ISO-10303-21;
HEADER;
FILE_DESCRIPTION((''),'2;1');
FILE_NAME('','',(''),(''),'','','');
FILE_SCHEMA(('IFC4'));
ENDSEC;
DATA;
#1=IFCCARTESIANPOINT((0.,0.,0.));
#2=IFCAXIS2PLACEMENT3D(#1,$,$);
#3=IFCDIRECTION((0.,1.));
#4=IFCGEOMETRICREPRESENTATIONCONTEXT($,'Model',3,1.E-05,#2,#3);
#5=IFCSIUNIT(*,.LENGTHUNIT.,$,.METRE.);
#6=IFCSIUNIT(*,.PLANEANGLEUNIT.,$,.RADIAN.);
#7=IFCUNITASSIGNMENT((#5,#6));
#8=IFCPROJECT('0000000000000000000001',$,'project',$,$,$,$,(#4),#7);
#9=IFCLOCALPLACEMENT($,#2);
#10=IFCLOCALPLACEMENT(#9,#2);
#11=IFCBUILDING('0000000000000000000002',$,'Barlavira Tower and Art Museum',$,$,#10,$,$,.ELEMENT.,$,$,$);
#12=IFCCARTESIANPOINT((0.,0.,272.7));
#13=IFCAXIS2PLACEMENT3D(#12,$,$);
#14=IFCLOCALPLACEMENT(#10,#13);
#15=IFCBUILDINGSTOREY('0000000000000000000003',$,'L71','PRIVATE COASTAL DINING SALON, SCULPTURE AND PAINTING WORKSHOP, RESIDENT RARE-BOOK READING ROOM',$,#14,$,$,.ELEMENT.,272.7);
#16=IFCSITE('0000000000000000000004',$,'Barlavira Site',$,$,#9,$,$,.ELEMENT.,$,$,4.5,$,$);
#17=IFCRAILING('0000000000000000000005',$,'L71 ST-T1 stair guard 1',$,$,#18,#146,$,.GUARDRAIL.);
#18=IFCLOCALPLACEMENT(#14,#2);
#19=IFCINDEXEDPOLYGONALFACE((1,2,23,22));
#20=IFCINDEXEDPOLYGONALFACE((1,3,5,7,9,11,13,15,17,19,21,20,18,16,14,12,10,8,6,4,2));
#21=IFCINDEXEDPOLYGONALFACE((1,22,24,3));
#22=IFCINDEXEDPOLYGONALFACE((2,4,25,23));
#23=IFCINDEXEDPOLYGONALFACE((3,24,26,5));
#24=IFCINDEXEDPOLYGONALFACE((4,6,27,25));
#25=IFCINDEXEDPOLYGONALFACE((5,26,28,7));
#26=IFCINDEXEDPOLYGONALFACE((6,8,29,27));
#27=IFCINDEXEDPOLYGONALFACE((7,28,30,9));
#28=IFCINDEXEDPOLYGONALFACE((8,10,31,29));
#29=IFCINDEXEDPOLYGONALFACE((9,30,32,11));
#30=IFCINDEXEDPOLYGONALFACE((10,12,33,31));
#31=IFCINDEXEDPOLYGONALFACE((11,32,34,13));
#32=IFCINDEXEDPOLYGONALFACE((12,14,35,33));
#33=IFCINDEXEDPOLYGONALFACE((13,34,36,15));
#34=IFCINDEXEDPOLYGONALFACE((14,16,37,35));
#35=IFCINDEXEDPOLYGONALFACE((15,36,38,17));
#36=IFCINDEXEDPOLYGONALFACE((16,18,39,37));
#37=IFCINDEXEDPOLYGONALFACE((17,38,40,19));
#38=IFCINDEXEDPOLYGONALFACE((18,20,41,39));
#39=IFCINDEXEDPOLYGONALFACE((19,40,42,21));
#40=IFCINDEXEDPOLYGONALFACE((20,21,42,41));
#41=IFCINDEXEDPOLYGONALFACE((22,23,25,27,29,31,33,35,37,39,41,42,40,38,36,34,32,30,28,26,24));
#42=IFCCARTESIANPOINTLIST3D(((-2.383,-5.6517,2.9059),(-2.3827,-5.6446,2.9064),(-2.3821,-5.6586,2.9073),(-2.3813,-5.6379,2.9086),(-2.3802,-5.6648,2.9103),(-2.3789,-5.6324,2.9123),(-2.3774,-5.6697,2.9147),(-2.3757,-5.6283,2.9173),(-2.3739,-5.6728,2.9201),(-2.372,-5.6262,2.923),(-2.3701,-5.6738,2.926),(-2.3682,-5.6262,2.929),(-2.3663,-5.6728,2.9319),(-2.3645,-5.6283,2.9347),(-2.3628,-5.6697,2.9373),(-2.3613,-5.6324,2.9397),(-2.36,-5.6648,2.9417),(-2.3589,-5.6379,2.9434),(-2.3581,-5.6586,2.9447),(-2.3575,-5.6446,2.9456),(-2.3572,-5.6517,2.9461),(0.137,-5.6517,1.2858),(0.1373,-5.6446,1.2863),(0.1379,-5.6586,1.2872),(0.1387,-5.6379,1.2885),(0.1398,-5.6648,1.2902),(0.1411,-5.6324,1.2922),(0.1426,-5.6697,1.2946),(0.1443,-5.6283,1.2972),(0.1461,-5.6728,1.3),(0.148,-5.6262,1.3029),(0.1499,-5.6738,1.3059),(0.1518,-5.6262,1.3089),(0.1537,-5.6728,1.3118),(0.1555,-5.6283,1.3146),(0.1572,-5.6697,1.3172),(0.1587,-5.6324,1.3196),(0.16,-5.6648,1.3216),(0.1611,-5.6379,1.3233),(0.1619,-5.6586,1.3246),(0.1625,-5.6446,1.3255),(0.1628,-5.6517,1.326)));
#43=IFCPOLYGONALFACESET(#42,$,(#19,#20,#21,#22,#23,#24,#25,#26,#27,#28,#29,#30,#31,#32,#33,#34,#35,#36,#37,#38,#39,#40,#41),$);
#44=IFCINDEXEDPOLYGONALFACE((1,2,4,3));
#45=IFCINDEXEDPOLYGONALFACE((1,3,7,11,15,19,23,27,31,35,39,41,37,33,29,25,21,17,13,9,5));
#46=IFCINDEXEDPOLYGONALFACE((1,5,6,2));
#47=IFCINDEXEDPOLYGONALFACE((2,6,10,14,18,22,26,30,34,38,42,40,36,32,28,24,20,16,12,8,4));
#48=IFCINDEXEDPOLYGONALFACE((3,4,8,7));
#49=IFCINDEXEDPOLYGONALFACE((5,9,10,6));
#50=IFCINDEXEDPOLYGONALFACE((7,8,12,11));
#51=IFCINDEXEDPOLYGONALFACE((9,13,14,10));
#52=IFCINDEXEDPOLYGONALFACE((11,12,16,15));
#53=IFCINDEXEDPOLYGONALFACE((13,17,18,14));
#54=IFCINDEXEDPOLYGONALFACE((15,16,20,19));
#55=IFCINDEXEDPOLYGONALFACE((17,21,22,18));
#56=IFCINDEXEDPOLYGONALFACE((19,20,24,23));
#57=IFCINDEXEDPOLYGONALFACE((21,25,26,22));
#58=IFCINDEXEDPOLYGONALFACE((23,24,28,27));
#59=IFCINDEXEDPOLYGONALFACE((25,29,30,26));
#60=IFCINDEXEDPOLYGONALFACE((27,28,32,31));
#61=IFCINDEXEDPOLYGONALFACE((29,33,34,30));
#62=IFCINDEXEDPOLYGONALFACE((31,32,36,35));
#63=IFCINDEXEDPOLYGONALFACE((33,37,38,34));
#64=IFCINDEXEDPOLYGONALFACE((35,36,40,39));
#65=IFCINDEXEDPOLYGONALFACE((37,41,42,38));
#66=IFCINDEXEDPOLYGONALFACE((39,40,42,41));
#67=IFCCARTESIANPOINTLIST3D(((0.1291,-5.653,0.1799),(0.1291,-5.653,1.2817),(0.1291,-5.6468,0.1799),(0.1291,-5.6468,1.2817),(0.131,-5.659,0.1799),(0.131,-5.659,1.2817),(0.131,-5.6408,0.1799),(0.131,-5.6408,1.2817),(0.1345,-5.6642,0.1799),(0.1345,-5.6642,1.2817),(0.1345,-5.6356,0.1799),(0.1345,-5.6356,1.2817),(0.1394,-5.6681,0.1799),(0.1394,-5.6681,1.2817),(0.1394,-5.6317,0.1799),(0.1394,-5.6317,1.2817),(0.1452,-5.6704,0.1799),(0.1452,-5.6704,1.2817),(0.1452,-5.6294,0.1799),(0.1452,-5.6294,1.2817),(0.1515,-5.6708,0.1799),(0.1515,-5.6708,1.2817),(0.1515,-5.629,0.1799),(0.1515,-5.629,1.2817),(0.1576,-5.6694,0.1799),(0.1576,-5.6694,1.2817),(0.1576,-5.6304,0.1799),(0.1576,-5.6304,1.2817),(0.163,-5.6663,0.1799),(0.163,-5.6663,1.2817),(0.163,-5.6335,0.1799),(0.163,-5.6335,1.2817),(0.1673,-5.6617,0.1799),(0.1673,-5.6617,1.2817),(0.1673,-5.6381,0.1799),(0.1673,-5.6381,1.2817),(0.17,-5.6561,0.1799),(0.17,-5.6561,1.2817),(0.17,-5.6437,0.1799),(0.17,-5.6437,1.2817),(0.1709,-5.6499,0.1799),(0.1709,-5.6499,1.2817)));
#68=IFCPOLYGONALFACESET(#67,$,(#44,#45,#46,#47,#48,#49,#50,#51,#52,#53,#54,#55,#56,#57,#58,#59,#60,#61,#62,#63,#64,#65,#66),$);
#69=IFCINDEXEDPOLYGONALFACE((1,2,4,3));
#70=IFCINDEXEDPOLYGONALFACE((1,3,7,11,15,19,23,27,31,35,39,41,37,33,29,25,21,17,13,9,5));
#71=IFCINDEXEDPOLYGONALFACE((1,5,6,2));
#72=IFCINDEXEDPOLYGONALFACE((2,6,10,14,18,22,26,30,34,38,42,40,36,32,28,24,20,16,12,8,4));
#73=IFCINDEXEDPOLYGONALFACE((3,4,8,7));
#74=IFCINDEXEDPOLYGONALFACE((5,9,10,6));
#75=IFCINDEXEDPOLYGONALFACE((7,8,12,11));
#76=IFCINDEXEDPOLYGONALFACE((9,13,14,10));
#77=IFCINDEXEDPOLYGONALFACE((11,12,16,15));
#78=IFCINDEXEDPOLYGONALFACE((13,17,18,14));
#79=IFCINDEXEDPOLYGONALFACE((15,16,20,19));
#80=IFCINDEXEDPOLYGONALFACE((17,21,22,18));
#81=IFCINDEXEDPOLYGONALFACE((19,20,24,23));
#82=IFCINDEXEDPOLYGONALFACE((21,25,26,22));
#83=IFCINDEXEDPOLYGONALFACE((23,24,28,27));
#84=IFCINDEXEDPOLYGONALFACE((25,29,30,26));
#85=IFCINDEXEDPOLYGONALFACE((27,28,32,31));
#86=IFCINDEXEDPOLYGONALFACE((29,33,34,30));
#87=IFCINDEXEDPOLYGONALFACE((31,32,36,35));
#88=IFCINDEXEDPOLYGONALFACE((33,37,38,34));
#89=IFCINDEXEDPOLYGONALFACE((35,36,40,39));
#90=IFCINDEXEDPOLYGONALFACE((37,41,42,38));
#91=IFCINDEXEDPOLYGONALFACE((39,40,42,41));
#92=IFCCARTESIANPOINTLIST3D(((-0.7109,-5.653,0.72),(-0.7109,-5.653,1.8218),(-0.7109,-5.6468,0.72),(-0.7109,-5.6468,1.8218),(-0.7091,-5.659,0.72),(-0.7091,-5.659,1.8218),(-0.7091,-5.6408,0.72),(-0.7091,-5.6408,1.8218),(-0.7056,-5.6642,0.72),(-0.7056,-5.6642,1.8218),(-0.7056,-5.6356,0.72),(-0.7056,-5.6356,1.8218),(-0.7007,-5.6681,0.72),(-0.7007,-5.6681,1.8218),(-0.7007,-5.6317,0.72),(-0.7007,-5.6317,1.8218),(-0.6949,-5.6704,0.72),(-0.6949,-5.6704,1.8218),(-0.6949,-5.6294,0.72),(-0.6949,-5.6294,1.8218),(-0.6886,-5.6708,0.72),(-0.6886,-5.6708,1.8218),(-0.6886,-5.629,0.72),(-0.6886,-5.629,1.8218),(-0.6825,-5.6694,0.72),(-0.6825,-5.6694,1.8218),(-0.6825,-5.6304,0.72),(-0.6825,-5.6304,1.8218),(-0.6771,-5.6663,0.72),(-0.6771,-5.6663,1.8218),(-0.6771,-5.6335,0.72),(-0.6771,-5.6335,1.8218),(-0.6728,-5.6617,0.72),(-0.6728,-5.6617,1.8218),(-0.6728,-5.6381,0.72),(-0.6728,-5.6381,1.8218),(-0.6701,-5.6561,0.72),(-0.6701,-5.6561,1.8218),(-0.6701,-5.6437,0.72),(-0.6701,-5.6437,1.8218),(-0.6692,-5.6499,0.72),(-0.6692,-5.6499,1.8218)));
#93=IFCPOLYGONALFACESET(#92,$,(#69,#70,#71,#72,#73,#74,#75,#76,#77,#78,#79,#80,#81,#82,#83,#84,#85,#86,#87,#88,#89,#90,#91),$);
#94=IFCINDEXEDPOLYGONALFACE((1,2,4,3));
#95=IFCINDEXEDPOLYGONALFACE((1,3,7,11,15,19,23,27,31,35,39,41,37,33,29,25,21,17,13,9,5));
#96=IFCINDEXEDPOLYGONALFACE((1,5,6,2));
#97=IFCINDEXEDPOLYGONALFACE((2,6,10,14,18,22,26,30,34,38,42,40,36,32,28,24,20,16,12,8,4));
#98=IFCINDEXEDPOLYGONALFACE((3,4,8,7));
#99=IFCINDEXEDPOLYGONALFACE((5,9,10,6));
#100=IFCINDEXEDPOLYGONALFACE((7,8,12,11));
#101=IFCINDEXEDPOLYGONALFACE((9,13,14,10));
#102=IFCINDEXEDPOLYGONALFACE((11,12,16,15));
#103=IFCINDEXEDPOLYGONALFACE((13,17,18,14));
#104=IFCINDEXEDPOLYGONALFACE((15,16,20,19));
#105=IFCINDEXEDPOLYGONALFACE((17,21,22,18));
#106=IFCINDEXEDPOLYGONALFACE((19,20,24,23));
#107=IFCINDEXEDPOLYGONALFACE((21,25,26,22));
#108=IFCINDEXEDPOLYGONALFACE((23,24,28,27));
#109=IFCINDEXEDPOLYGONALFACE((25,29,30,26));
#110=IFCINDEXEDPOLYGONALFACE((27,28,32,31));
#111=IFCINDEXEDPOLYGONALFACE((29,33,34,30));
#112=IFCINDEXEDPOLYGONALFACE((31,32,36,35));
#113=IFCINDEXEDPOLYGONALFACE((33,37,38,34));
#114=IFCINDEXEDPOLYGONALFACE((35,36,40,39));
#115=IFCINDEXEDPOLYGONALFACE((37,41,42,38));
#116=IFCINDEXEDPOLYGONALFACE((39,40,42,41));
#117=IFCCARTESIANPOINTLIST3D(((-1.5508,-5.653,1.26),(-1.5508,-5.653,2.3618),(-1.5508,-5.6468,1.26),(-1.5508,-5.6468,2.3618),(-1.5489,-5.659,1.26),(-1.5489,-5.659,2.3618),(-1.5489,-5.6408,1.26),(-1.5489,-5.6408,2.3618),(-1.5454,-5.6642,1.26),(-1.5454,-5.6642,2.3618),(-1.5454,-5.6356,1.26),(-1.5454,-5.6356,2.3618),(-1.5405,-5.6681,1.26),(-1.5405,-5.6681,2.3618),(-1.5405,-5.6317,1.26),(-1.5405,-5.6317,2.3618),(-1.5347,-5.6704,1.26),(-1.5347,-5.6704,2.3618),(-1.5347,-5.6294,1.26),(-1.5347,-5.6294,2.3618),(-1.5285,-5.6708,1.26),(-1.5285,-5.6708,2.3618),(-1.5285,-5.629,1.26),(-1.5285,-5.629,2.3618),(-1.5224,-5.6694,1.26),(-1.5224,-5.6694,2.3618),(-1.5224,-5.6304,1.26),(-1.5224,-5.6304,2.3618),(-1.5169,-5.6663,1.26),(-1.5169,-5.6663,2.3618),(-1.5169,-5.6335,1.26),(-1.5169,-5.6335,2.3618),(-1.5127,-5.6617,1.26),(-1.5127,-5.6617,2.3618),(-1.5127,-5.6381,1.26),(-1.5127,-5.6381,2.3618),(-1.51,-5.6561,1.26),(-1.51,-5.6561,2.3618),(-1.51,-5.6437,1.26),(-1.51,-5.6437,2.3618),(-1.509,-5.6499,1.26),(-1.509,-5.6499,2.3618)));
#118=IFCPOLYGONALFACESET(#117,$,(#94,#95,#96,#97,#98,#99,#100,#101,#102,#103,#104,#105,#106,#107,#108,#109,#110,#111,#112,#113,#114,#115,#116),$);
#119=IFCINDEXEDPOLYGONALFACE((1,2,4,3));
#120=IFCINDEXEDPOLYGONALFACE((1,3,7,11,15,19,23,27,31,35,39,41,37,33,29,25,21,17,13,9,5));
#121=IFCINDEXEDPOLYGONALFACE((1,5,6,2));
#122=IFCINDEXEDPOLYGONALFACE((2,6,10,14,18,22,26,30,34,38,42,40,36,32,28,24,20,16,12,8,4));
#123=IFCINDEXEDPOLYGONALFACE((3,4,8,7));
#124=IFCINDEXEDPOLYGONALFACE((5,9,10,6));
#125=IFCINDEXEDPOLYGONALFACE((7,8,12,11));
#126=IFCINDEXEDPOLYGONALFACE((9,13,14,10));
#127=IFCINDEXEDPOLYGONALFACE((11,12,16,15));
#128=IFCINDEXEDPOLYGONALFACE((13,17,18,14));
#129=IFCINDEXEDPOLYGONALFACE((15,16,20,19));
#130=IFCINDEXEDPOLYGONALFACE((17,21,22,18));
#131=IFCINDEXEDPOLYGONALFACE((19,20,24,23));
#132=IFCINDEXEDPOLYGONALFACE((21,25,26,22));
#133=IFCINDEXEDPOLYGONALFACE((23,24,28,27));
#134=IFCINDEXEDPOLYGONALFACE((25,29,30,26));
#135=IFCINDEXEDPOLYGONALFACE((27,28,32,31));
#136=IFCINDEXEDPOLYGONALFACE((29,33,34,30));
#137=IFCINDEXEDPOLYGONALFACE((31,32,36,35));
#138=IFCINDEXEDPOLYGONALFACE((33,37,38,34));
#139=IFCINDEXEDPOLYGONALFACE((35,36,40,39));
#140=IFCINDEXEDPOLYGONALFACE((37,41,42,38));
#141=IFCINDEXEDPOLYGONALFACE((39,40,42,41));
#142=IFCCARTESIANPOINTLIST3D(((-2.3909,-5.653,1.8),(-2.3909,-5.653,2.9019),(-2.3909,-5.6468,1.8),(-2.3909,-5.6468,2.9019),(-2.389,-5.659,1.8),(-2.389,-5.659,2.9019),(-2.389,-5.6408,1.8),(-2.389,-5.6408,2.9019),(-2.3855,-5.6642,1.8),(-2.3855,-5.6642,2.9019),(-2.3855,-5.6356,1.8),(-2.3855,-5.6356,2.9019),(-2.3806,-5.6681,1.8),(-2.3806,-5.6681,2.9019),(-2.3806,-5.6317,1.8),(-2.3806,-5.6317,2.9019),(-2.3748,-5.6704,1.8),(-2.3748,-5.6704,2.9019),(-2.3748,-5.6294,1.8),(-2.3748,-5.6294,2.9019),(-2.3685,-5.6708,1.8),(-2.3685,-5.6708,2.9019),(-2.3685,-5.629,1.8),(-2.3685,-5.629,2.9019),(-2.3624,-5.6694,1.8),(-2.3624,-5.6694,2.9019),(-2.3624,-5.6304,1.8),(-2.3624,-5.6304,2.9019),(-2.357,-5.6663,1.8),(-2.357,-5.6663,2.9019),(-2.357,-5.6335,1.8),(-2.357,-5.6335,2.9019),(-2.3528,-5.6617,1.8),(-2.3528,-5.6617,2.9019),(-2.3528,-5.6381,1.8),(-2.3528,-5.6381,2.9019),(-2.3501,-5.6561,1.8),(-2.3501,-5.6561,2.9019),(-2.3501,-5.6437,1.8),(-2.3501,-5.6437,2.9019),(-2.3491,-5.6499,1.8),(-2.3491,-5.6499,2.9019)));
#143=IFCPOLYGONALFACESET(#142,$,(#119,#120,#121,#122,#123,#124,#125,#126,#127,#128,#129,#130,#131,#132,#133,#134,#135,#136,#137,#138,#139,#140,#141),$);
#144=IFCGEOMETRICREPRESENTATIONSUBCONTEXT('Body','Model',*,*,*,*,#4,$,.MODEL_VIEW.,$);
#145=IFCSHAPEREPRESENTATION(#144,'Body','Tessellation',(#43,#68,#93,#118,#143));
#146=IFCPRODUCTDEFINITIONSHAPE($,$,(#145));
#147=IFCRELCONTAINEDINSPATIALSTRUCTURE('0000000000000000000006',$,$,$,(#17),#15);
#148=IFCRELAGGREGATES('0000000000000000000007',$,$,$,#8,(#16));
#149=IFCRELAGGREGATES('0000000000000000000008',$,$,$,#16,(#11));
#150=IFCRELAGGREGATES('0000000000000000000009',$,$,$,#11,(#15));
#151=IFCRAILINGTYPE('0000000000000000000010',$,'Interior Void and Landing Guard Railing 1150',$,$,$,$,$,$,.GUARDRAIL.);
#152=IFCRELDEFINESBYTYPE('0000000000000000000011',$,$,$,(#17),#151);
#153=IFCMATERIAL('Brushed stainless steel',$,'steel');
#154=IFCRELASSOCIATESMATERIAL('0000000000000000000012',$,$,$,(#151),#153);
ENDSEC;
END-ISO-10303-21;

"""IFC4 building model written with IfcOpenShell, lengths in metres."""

from ifc_helpers import new_model, si_unit, direction, frame, origin, origin_2d, place, context, subcontext, project, spatial, circle, extrude, material, type_object, element, save


model = new_model("IFC4")

# Units and contexts
model_context = context("Model", 3, precision=1e-05, world=origin(), true_north=direction((0.0, 1.0)))
body_context = subcontext(model_context, "Body", "Model", "MODEL_VIEW")
ifc_project = project(units=[si_unit("LENGTHUNIT", "METRE"), si_unit("PLANEANGLEUNIT", "RADIAN")], contexts=[model_context])

# Site, building, storey
site_placement = place(None, origin())
site = spatial("IfcSite", under=ifc_project, at=site_placement, Name="Barlavira Site", CompositionType="ELEMENT", RefElevation=4.5)
building_placement = place(site_placement, origin())
building = spatial("IfcBuilding", under=site, at=building_placement, Name="Barlavira Tower and Art Museum", CompositionType="ELEMENT")
storey_placement = place(building_placement, frame((0.0, 0.0, 272.7)))
storey = spatial("IfcBuildingStorey", under=building, at=storey_placement, Name="L71", Description="PRIVATE COASTAL DINING SALON, SCULPTURE AND PAINTING WORKSHOP, RESIDENT RARE-BOOK READING ROOM", CompositionType="ELEMENT", Elevation=272.7)

# Shared definitions
ifc_material_1 = material(Name="Brushed stainless steel", Category="steel")

# Railing
railing_type_1 = type_object("IfcRailingType", Name="Interior Void and Landing Guard Railing 1150", PredefinedType="GUARDRAIL", material=ifc_material_1)
railing_1_placement = place(storey_placement, frame((0.1499, -5.6499, 0.1799)))
element("IfcRailing", 1, at=railing_1_placement, inside=storey, type_object=railing_type_1, Name="L71 ST-T1 stair guard 1", PredefinedType="GUARDRAIL", context=body_context, shape_type="SweptSolid", body=[
    extrude(circle(Radius=0.0239, at=origin_2d()), frame((0.0, 0.0, 1.126), z_axis=(-0.841163, 0.0, 0.540782), x_axis=(0.0, -1.0, 0.0)), (0.0, 0.0, 1.0), 2.9958),
    extrude(circle(Radius=0.021, at=origin_2d()), origin(), (0.0, 0.0, 1.0), 1.1018),
    extrude(circle(Radius=0.021, at=origin_2d()), frame((-0.8401, 0.0, 0.54)), (0.0, 0.0, 1.0), 1.1018),
    extrude(circle(Radius=0.021, at=origin_2d()), frame((-1.6799, 0.0, 1.0801)), (0.0, 0.0, 1.0), 1.1018),
    extrude(circle(Radius=0.021, at=origin_2d()), frame((-2.52, 0.0, 1.6201)), (0.0, 0.0, 1.0), 1.1018),
])

save(model, "model.ifc")
